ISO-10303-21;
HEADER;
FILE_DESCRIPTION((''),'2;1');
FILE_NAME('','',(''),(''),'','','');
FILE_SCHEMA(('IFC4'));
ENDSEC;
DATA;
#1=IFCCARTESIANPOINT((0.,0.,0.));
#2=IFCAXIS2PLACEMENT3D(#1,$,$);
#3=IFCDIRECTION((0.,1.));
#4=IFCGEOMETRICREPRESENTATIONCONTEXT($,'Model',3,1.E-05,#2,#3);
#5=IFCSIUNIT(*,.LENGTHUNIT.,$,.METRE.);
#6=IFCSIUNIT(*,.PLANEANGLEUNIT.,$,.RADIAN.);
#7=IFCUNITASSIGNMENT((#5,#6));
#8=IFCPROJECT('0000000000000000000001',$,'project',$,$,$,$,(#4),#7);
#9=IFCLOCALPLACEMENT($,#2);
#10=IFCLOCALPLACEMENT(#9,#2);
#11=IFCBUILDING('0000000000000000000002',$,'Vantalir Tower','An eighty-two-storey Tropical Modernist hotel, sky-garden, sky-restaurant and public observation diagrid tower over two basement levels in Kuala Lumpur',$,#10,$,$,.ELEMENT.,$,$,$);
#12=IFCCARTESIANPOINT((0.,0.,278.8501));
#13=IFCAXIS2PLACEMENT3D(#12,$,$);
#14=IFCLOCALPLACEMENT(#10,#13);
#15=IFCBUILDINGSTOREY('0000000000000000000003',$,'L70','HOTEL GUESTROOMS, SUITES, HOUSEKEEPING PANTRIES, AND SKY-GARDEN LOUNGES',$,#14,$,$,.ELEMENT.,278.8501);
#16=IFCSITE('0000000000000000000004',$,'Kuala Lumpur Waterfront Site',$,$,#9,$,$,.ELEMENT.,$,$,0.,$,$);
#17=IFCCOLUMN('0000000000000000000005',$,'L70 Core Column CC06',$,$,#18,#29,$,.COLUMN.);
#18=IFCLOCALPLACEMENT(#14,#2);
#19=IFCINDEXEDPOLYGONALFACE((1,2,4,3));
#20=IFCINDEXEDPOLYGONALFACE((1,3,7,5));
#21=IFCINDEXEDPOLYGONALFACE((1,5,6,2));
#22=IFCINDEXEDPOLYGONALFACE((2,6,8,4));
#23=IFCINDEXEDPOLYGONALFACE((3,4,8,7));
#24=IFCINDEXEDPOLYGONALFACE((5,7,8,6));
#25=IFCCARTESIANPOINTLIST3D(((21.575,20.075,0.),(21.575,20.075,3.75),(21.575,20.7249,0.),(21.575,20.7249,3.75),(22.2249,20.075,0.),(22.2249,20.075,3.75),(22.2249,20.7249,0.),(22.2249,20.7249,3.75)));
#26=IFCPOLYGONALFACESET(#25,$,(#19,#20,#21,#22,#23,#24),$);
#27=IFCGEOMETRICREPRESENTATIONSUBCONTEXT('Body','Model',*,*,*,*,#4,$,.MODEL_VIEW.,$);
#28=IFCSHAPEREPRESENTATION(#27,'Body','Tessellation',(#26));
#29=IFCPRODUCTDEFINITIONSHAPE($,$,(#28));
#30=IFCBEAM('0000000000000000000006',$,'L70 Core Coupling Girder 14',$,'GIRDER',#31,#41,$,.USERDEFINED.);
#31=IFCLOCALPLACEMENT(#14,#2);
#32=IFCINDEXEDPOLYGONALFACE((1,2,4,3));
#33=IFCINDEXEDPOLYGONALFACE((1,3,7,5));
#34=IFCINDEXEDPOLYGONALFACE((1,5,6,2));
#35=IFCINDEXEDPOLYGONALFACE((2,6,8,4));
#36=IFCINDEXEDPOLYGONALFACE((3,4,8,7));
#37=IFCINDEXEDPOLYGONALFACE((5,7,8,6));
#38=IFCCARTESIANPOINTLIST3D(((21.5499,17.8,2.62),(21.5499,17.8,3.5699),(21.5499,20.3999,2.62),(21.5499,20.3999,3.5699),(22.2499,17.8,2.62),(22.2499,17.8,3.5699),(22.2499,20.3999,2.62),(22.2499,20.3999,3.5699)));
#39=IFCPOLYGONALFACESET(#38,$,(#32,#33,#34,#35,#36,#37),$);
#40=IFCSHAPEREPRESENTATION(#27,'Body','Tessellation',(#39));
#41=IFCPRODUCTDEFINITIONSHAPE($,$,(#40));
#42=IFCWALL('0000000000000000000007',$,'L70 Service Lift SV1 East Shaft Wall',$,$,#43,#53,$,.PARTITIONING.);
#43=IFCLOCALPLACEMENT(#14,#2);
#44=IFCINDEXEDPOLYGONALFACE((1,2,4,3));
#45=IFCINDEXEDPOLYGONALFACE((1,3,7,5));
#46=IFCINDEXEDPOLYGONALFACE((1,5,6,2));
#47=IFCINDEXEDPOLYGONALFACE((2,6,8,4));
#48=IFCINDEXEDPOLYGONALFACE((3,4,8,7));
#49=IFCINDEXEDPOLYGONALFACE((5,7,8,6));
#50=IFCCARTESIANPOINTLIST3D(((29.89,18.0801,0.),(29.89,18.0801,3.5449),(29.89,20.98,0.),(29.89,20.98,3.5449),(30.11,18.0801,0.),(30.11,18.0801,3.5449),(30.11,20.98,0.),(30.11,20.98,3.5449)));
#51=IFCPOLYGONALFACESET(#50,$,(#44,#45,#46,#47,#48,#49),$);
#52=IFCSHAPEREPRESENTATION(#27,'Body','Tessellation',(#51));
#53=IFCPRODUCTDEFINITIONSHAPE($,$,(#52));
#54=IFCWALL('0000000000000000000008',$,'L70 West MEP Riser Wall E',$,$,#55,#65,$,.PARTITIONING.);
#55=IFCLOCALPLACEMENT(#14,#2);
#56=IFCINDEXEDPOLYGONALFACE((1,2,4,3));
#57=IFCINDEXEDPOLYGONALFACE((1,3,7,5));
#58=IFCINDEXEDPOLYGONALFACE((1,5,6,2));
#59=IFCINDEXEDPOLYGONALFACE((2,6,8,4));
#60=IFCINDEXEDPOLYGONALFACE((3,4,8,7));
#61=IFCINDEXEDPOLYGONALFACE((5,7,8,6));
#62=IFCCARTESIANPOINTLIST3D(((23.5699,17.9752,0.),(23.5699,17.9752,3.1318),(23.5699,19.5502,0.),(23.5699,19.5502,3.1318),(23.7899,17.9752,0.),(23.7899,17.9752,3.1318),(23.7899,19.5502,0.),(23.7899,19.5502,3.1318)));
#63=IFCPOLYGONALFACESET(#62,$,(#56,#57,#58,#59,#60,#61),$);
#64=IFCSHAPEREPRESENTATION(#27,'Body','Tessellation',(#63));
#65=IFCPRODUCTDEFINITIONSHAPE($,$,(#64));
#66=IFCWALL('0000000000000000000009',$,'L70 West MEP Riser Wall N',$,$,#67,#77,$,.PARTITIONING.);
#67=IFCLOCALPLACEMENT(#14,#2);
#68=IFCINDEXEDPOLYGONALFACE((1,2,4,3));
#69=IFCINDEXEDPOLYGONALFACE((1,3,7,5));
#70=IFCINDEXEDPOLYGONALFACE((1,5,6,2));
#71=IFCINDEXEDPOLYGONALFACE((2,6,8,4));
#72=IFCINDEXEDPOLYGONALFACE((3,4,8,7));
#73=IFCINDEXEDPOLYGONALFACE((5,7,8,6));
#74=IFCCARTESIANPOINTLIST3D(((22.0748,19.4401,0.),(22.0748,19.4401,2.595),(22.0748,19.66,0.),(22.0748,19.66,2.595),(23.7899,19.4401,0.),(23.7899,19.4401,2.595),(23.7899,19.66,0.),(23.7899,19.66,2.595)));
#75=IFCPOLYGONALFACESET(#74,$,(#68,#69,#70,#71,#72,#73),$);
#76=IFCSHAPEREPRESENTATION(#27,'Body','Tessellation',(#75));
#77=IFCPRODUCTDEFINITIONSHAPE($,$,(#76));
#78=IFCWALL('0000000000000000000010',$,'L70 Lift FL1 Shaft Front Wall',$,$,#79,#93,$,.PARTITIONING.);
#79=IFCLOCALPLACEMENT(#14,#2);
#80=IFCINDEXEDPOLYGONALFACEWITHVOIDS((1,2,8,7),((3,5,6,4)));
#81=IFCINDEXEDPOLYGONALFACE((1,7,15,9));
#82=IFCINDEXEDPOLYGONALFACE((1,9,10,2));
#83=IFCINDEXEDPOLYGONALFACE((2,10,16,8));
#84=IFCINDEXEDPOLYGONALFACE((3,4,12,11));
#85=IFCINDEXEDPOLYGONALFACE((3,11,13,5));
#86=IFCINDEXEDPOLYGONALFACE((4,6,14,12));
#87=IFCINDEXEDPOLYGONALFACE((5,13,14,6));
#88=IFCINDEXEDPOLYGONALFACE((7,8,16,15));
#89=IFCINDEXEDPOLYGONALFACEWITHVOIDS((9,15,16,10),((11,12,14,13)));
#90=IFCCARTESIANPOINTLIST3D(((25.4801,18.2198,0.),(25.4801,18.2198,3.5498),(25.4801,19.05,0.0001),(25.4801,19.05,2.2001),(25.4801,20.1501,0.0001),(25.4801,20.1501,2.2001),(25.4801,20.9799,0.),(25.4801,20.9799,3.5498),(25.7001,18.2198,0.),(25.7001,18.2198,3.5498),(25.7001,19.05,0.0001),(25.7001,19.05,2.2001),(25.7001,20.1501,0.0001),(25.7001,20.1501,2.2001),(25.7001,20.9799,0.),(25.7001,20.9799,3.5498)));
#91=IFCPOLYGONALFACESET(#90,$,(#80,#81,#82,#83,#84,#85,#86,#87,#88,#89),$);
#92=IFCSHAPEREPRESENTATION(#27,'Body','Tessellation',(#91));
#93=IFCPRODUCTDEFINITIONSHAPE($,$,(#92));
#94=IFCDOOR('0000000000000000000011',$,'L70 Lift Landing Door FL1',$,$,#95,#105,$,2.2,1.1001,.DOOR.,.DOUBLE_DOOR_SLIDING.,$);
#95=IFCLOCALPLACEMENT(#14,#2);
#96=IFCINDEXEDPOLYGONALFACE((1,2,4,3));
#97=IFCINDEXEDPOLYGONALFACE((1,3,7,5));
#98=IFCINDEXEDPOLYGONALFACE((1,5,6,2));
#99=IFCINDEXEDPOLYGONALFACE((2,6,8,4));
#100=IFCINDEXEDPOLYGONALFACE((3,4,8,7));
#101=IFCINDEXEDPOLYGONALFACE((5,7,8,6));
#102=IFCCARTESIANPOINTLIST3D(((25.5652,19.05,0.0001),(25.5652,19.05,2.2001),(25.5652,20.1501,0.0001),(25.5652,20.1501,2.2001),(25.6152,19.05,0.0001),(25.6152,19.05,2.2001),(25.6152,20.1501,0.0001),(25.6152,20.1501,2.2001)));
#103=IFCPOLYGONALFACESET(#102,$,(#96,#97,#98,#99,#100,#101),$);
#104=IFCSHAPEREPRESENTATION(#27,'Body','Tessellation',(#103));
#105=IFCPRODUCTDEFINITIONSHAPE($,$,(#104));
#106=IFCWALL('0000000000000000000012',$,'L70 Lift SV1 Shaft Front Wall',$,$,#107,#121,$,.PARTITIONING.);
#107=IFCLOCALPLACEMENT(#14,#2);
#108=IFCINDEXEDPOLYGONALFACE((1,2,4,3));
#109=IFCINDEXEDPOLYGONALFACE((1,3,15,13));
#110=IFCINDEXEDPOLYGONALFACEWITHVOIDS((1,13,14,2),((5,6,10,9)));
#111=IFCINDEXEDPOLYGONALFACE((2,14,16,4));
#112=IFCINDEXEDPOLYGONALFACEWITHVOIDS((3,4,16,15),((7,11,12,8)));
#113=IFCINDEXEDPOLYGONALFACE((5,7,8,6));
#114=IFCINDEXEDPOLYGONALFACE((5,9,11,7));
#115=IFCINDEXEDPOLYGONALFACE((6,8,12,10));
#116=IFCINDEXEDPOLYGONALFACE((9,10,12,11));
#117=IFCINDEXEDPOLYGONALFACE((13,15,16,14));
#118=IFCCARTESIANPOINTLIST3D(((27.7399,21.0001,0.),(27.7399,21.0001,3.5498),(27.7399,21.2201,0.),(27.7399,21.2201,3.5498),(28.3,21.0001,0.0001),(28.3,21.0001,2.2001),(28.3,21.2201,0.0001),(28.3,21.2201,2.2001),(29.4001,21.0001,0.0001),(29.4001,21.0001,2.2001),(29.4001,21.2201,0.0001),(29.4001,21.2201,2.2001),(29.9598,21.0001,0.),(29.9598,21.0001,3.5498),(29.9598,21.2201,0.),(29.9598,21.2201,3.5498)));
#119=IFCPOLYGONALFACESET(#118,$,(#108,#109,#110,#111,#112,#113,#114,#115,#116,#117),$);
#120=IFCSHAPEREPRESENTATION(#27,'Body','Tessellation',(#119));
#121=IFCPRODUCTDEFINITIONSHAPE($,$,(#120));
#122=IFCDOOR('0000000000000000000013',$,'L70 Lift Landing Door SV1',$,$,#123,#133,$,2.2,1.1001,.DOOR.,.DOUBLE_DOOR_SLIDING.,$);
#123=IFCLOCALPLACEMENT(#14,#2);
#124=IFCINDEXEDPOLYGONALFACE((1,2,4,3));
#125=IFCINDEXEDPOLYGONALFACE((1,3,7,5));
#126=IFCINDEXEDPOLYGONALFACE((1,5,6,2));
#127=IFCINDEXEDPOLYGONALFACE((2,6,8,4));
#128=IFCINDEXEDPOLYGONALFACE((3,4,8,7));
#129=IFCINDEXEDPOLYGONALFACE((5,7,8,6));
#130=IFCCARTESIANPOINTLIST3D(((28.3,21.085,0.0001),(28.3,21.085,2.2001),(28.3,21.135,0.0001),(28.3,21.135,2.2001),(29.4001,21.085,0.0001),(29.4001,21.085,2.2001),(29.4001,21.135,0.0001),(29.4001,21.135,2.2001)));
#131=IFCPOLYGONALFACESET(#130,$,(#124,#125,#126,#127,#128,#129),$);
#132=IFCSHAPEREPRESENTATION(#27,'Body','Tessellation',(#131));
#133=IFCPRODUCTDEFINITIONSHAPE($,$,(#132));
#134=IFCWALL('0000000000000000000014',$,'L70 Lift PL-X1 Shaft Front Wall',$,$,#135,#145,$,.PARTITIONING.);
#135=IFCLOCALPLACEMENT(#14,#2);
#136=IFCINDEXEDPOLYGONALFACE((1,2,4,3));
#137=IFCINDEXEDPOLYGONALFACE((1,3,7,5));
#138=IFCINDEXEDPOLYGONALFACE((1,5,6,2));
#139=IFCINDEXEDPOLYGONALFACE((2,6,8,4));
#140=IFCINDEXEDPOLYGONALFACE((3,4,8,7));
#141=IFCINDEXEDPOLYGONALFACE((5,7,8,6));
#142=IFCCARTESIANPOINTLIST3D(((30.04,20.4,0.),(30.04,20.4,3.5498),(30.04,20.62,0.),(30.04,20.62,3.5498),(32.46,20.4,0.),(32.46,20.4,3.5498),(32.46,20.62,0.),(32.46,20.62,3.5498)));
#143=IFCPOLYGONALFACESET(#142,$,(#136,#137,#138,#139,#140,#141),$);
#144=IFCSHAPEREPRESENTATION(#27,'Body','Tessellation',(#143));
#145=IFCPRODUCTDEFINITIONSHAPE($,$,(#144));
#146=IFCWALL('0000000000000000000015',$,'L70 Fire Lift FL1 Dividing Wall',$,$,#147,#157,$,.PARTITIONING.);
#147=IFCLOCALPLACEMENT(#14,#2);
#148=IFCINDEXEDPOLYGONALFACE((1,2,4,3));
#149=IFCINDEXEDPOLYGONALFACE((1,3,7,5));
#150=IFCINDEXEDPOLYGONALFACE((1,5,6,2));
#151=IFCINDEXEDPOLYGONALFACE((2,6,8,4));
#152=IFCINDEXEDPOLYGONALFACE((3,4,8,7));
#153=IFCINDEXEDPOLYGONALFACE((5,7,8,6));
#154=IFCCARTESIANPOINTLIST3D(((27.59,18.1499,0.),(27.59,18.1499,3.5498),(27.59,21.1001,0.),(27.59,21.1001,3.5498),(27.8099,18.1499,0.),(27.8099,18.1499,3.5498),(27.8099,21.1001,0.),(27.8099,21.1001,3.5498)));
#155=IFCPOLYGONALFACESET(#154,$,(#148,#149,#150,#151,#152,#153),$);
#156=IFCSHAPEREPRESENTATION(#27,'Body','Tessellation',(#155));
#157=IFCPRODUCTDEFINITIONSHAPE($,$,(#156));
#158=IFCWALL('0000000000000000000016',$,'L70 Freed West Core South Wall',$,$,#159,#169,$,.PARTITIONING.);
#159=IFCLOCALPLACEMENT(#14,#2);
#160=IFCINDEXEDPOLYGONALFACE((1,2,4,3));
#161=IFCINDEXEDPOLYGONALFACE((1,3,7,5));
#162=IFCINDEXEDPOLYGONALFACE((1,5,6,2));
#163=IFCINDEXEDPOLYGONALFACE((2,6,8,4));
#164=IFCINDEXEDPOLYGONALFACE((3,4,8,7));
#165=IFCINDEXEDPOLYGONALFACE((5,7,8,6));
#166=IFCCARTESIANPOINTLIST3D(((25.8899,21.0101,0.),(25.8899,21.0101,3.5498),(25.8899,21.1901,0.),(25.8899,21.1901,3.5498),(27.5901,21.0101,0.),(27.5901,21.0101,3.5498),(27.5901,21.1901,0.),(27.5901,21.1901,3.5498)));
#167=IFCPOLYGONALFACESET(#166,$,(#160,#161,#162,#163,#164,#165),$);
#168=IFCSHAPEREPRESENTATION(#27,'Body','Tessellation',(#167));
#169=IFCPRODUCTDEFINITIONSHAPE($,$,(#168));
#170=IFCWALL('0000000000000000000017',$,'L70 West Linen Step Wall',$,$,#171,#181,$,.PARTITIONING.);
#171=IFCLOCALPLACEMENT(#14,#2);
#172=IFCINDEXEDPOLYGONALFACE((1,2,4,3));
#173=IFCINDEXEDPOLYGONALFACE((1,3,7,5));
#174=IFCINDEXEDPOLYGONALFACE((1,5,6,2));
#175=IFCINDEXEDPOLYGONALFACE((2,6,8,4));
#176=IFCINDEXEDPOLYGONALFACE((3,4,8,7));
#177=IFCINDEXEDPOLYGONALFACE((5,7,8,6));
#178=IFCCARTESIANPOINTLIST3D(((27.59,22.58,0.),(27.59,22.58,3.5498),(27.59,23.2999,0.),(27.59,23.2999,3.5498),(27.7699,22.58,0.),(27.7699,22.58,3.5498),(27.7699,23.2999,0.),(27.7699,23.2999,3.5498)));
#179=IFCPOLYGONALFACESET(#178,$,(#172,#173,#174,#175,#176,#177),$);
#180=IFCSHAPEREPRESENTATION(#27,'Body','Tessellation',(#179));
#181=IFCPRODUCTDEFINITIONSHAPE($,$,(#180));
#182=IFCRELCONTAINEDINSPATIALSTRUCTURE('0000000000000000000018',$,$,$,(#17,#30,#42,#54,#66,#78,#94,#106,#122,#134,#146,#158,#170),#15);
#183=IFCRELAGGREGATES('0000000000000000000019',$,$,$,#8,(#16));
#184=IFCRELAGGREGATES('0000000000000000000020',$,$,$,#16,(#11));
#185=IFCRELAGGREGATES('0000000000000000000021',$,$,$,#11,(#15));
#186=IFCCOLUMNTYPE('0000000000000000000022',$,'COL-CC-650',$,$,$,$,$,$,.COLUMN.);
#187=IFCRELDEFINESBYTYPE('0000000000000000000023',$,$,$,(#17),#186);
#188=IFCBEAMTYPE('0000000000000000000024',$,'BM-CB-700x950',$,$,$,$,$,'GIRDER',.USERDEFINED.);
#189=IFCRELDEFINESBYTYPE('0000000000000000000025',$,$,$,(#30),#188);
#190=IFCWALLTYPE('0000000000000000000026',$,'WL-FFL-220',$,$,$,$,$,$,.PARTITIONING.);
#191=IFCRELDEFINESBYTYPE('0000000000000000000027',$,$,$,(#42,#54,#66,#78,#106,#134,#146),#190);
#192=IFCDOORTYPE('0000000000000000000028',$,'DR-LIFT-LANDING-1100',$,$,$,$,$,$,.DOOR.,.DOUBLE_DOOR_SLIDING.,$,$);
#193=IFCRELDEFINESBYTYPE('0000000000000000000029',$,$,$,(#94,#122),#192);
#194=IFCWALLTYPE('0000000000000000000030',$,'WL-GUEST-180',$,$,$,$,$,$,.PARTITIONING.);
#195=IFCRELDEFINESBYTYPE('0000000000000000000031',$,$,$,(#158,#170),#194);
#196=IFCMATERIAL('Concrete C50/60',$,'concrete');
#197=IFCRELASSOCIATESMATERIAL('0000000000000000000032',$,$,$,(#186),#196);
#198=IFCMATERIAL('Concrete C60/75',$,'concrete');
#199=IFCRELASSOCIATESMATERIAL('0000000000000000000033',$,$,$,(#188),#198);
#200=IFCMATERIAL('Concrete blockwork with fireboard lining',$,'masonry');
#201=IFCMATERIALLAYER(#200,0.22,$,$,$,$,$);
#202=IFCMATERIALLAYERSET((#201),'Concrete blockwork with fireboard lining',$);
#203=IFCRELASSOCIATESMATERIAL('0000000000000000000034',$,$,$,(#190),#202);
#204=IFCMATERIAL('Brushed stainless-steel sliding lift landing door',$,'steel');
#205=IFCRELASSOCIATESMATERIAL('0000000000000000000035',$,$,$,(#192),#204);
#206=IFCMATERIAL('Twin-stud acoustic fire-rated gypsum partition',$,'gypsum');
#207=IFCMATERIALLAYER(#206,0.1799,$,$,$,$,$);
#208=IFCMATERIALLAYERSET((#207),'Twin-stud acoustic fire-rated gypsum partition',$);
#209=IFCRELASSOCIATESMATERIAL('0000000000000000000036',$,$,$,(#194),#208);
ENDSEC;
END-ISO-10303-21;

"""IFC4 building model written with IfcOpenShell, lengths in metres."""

from ifc_helpers import new_model, si_unit, direction, frame, frame_2d, origin, origin_2d, place, context, subcontext, project, spatial, rectangle, extrude, material, layer, layer_set, material_profile, profile_set, type_object, element, fill, save


model = new_model("IFC4")

# Units and contexts
model_context = context("Model", 3, precision=1e-05, world=origin(), true_north=direction((0.0, 1.0)))
body_context = subcontext(model_context, "Body", "Model", "MODEL_VIEW")
ifc_project = project(units=[si_unit("LENGTHUNIT", "METRE"), si_unit("PLANEANGLEUNIT", "RADIAN")], contexts=[model_context])

# Site, building, storey
site_placement = place(None, origin())
site = spatial("IfcSite", under=ifc_project, at=site_placement, Name="Kuala Lumpur Waterfront Site", CompositionType="ELEMENT", RefElevation=0.0)
building_placement = place(site_placement, origin())
building = spatial("IfcBuilding", under=site, at=building_placement, Name="Vantalir Tower", Description="An eighty-two-storey Tropical Modernist hotel, sky-garden, sky-restaurant and public observation diagrid tower over two basement levels in Kuala Lumpur", CompositionType="ELEMENT")
storey_placement = place(building_placement, frame((0.0, 0.0, 278.8501)))
storey = spatial("IfcBuildingStorey", under=building, at=storey_placement, Name="L70", Description="HOTEL GUESTROOMS, SUITES, HOUSEKEEPING PANTRIES, AND SKY-GARDEN LOUNGES", CompositionType="ELEMENT", Elevation=278.8501)

# Column
ifc_material_1 = material(Name="Concrete C50/60", Category="concrete")
ifc_material_profile_1 = material_profile(ifc_material_1, rectangle(XDim=0.6499, YDim=0.6499, at=origin_2d()), Name="Concrete C50/60")
ifc_profile_set_1 = profile_set([ifc_material_profile_1], Name="Concrete C50/60")
column_type = type_object("IfcColumnType", Name="COL-CC-650", PredefinedType="COLUMN", material=ifc_profile_set_1)
column_placement = place(storey_placement, frame((21.8999, 20.3999, 0.0), z_axis=(0.0, 0.0, 1.0), x_axis=(1.0, 0.0, 0.0)))
element("IfcColumn", 1, at=column_placement, inside=storey, type_object=column_type, Name="L70 Core Column CC06", PredefinedType="COLUMN", context=body_context, shape_type="SweptSolid", body=[
    extrude(rectangle(XDim=0.6499, YDim=0.6499, at=origin_2d()), origin(), (0.0, 0.0, 1.0), 3.75),
])

# Beam
ifc_material_2 = material(Name="Concrete C60/75", Category="concrete")
ifc_material_profile_2 = material_profile(ifc_material_2, rectangle(XDim=0.7, YDim=0.95, at=origin_2d()), Name="Concrete C60/75")
ifc_profile_set_2 = profile_set([ifc_material_profile_2], Name="Concrete C60/75")
beam_type = type_object("IfcBeamType", Name="BM-CB-700x950", ElementType="GIRDER", PredefinedType="USERDEFINED", material=ifc_profile_set_2)
beam_placement = place(storey_placement, frame((21.8999, 20.3999, 3.095), z_axis=(0.0, -1.0, 0.0), x_axis=(1.0, 0.0, 0.0)))
element("IfcBeam", 2, at=beam_placement, inside=storey, type_object=beam_type, Name="L70 Core Coupling Girder 14", ObjectType="GIRDER", PredefinedType="USERDEFINED", context=body_context, shape_type="SweptSolid", body=[
    extrude(rectangle(XDim=0.7, YDim=0.95, at=origin_2d()), origin(), (0.0, 0.0, 1.0), 2.5999),
])

# Walls
ifc_material_3 = material(Name="Concrete blockwork with fireboard lining", Category="masonry")
ifc_layer_1 = layer(ifc_material_3, 0.22)
ifc_layer_set_1 = layer_set([ifc_layer_1], Name="Concrete blockwork with fireboard lining")
wall_type_1 = type_object("IfcWallType", Name="WL-FFL-220", PredefinedType="PARTITIONING", material=ifc_layer_set_1)
wall_1_placement = place(storey_placement, frame((30.0, 18.0801, 0.0), z_axis=(0.0, 0.0, 1.0), x_axis=(0.0, 1.0, 0.0)))
element("IfcWall", 3, at=wall_1_placement, inside=storey, type_object=wall_type_1, Name="L70 Service Lift SV1 East Shaft Wall", PredefinedType="PARTITIONING", context=body_context, shape_type="SweptSolid", body=[
    extrude(rectangle(XDim=2.8999, YDim=0.22, at=frame_2d((1.45, 0.0))), origin(), (0.0, 0.0, 1.0), 3.5449),
])
wall_2_placement = place(storey_placement, frame((23.6799, 17.9751, 0.0), z_axis=(0.0, 0.0, 1.0), x_axis=(0.0, 1.0, 0.0)))
element("IfcWall", 4, at=wall_2_placement, inside=storey, type_object=wall_type_1, Name="L70 West MEP Riser Wall E", PredefinedType="PARTITIONING", context=body_context, shape_type="SweptSolid", body=[
    extrude(rectangle(XDim=1.575, YDim=0.22, at=frame_2d((0.7876, 0.0))), origin(), (0.0, 0.0, 1.0), 3.1318),
])
wall_3_placement = place(storey_placement, frame((22.075, 19.55, 0.0), z_axis=(0.0, 0.0, 1.0), x_axis=(1.0, 0.0, 0.0)))
element("IfcWall", 5, at=wall_3_placement, inside=storey, type_object=wall_type_1, Name="L70 West MEP Riser Wall N", PredefinedType="PARTITIONING", context=body_context, shape_type="SweptSolid", body=[
    extrude(rectangle(XDim=1.7151, YDim=0.22, at=frame_2d((0.8574, 0.0))), origin(), (0.0, 0.0, 1.0), 2.595),
])

# Walls, openings, doors
wall_4_placement = place(storey_placement, frame((25.5901, 18.22, 0.0), z_axis=(0.0, 0.0, 1.0), x_axis=(0.0, 1.0, 0.0)))
wall_4 = element("IfcWall", 6, at=wall_4_placement, inside=storey, type_object=wall_type_1, Name="L70 Lift FL1 Shaft Front Wall", PredefinedType="PARTITIONING", context=body_context, shape_type="SweptSolid", body=[
    extrude(rectangle(XDim=2.76, YDim=0.22, at=frame_2d((1.3799, 0.0))), origin(), (0.0, 0.0, 1.0), 3.5498),
])
opening_1_placement = place(wall_4_placement, frame((0.8301, 0.0, 0.0)))
opening_1 = element("IfcOpeningElement", 7, at=opening_1_placement, cuts=wall_4, PredefinedType="OPENING", context=body_context, shape_type="SweptSolid", body=[
    extrude(rectangle(XDim=1.1001, YDim=2.2, at=frame_2d((0.55, 1.1001))), frame((0.0, 0.1199, 0.0), z_axis=(0.0, -1.0, 0.0), x_axis=(1.0, 0.0, 0.0)), (0.0, 0.0, 1.0), 0.24),
])
ifc_material_4 = material(Name="Brushed stainless-steel sliding lift landing door", Category="steel")
door_type_1 = type_object("IfcDoorType", Name="DR-LIFT-LANDING-1100", OperationType="DOUBLE_DOOR_SLIDING", PredefinedType="DOOR", material=ifc_material_4)
door_1_placement = place(opening_1_placement, origin())
door_1 = element("IfcDoor", 8, at=door_1_placement, inside=storey, type_object=door_type_1, Name="L70 Lift Landing Door FL1", OperationType="DOUBLE_DOOR_SLIDING", OverallHeight=2.2, OverallWidth=1.1001, PredefinedType="DOOR", context=body_context, shape_type="SweptSolid", body=[
    extrude(rectangle(XDim=1.1001, YDim=2.2, at=frame_2d((0.55, 1.1001))), frame((0.0, 0.0249, 0.0), z_axis=(0.0, -1.0, 0.0), x_axis=(1.0, 0.0, 0.0)), (0.0, 0.0, 1.0), 0.05),
])
fill(opening_1, door_1)
wall_5_placement = place(storey_placement, frame((27.74, 21.1101, 0.0), z_axis=(0.0, 0.0, 1.0), x_axis=(1.0, 0.0, 0.0)))
wall_5 = element("IfcWall", 9, at=wall_5_placement, inside=storey, type_object=wall_type_1, Name="L70 Lift SV1 Shaft Front Wall", PredefinedType="PARTITIONING", context=body_context, shape_type="SweptSolid", body=[
    extrude(rectangle(XDim=2.22, YDim=0.22, at=frame_2d((1.1099, 0.0))), origin(), (0.0, 0.0, 1.0), 3.5498),
])
opening_2_placement = place(wall_5_placement, frame((0.5601, 0.0, 0.0)))
opening_2 = element("IfcOpeningElement", 10, at=opening_2_placement, cuts=wall_5, PredefinedType="OPENING", context=body_context, shape_type="SweptSolid", body=[
    extrude(rectangle(XDim=1.1001, YDim=2.2, at=frame_2d((0.55, 1.1001))), frame((0.0, 0.1199, 0.0), z_axis=(0.0, -1.0, 0.0), x_axis=(1.0, 0.0, 0.0)), (0.0, 0.0, 1.0), 0.24),
])
door_2_placement = place(opening_2_placement, origin())
door_2 = element("IfcDoor", 11, at=door_2_placement, inside=storey, type_object=door_type_1, Name="L70 Lift Landing Door SV1", OperationType="DOUBLE_DOOR_SLIDING", OverallHeight=2.2, OverallWidth=1.1001, PredefinedType="DOOR", context=body_context, shape_type="SweptSolid", body=[
    extrude(rectangle(XDim=1.1001, YDim=2.2, at=frame_2d((0.55, 1.1001))), frame((0.0, 0.0249, 0.0), z_axis=(0.0, -1.0, 0.0), x_axis=(1.0, 0.0, 0.0)), (0.0, 0.0, 1.0), 0.05),
])
fill(opening_2, door_2)

# Walls
wall_6_placement = place(storey_placement, frame((30.04, 20.51, 0.0), z_axis=(0.0, 0.0, 1.0), x_axis=(1.0, 0.0, 0.0)))
element("IfcWall", 12, at=wall_6_placement, inside=storey, type_object=wall_type_1, Name="L70 Lift PL-X1 Shaft Front Wall", PredefinedType="PARTITIONING", context=body_context, shape_type="SweptSolid", body=[
    extrude(rectangle(XDim=2.4199, YDim=0.22, at=frame_2d((1.21, 0.0))), origin(), (0.0, 0.0, 1.0), 3.5498),
])
wall_7_placement = place(storey_placement, frame((27.7, 18.1499, 0.0), z_axis=(0.0, 0.0, 1.0), x_axis=(0.0, 1.0, 0.0)))
element("IfcWall", 13, at=wall_7_placement, inside=storey, type_object=wall_type_1, Name="L70 Fire Lift FL1 Dividing Wall", PredefinedType="PARTITIONING", context=body_context, shape_type="SweptSolid", body=[
    extrude(rectangle(XDim=2.9502, YDim=0.22, at=frame_2d((1.4751, 0.0))), origin(), (0.0, 0.0, 1.0), 3.5498),
])
ifc_material_5 = material(Name="Twin-stud acoustic fire-rated gypsum partition", Category="gypsum")
ifc_layer_2 = layer(ifc_material_5, 0.1799)
ifc_layer_set_2 = layer_set([ifc_layer_2], Name="Twin-stud acoustic fire-rated gypsum partition")
wall_type_2 = type_object("IfcWallType", Name="WL-GUEST-180", PredefinedType="PARTITIONING", material=ifc_layer_set_2)
wall_8_placement = place(storey_placement, frame((25.8899, 21.1001, 0.0), z_axis=(0.0, 0.0, 1.0), x_axis=(1.0, 0.0, 0.0)))
element("IfcWall", 14, at=wall_8_placement, inside=storey, type_object=wall_type_2, Name="L70 Freed West Core South Wall", PredefinedType="PARTITIONING", context=body_context, shape_type="SweptSolid", body=[
    extrude(rectangle(XDim=1.7002, YDim=0.1799, at=frame_2d((0.8501, 0.0))), origin(), (0.0, 0.0, 1.0), 3.5498),
])
wall_9_placement = place(storey_placement, frame((27.6799, 22.5801, 0.0), z_axis=(0.0, 0.0, 1.0), x_axis=(0.0, 1.0, 0.0)))
element("IfcWall", 15, at=wall_9_placement, inside=storey, type_object=wall_type_2, Name="L70 West Linen Step Wall", PredefinedType="PARTITIONING", context=body_context, shape_type="SweptSolid", body=[
    extrude(rectangle(XDim=0.72, YDim=0.1799, at=frame_2d((0.3599, 0.0))), origin(), (0.0, 0.0, 1.0), 3.5498),
])

save(model, "model.ifc")
